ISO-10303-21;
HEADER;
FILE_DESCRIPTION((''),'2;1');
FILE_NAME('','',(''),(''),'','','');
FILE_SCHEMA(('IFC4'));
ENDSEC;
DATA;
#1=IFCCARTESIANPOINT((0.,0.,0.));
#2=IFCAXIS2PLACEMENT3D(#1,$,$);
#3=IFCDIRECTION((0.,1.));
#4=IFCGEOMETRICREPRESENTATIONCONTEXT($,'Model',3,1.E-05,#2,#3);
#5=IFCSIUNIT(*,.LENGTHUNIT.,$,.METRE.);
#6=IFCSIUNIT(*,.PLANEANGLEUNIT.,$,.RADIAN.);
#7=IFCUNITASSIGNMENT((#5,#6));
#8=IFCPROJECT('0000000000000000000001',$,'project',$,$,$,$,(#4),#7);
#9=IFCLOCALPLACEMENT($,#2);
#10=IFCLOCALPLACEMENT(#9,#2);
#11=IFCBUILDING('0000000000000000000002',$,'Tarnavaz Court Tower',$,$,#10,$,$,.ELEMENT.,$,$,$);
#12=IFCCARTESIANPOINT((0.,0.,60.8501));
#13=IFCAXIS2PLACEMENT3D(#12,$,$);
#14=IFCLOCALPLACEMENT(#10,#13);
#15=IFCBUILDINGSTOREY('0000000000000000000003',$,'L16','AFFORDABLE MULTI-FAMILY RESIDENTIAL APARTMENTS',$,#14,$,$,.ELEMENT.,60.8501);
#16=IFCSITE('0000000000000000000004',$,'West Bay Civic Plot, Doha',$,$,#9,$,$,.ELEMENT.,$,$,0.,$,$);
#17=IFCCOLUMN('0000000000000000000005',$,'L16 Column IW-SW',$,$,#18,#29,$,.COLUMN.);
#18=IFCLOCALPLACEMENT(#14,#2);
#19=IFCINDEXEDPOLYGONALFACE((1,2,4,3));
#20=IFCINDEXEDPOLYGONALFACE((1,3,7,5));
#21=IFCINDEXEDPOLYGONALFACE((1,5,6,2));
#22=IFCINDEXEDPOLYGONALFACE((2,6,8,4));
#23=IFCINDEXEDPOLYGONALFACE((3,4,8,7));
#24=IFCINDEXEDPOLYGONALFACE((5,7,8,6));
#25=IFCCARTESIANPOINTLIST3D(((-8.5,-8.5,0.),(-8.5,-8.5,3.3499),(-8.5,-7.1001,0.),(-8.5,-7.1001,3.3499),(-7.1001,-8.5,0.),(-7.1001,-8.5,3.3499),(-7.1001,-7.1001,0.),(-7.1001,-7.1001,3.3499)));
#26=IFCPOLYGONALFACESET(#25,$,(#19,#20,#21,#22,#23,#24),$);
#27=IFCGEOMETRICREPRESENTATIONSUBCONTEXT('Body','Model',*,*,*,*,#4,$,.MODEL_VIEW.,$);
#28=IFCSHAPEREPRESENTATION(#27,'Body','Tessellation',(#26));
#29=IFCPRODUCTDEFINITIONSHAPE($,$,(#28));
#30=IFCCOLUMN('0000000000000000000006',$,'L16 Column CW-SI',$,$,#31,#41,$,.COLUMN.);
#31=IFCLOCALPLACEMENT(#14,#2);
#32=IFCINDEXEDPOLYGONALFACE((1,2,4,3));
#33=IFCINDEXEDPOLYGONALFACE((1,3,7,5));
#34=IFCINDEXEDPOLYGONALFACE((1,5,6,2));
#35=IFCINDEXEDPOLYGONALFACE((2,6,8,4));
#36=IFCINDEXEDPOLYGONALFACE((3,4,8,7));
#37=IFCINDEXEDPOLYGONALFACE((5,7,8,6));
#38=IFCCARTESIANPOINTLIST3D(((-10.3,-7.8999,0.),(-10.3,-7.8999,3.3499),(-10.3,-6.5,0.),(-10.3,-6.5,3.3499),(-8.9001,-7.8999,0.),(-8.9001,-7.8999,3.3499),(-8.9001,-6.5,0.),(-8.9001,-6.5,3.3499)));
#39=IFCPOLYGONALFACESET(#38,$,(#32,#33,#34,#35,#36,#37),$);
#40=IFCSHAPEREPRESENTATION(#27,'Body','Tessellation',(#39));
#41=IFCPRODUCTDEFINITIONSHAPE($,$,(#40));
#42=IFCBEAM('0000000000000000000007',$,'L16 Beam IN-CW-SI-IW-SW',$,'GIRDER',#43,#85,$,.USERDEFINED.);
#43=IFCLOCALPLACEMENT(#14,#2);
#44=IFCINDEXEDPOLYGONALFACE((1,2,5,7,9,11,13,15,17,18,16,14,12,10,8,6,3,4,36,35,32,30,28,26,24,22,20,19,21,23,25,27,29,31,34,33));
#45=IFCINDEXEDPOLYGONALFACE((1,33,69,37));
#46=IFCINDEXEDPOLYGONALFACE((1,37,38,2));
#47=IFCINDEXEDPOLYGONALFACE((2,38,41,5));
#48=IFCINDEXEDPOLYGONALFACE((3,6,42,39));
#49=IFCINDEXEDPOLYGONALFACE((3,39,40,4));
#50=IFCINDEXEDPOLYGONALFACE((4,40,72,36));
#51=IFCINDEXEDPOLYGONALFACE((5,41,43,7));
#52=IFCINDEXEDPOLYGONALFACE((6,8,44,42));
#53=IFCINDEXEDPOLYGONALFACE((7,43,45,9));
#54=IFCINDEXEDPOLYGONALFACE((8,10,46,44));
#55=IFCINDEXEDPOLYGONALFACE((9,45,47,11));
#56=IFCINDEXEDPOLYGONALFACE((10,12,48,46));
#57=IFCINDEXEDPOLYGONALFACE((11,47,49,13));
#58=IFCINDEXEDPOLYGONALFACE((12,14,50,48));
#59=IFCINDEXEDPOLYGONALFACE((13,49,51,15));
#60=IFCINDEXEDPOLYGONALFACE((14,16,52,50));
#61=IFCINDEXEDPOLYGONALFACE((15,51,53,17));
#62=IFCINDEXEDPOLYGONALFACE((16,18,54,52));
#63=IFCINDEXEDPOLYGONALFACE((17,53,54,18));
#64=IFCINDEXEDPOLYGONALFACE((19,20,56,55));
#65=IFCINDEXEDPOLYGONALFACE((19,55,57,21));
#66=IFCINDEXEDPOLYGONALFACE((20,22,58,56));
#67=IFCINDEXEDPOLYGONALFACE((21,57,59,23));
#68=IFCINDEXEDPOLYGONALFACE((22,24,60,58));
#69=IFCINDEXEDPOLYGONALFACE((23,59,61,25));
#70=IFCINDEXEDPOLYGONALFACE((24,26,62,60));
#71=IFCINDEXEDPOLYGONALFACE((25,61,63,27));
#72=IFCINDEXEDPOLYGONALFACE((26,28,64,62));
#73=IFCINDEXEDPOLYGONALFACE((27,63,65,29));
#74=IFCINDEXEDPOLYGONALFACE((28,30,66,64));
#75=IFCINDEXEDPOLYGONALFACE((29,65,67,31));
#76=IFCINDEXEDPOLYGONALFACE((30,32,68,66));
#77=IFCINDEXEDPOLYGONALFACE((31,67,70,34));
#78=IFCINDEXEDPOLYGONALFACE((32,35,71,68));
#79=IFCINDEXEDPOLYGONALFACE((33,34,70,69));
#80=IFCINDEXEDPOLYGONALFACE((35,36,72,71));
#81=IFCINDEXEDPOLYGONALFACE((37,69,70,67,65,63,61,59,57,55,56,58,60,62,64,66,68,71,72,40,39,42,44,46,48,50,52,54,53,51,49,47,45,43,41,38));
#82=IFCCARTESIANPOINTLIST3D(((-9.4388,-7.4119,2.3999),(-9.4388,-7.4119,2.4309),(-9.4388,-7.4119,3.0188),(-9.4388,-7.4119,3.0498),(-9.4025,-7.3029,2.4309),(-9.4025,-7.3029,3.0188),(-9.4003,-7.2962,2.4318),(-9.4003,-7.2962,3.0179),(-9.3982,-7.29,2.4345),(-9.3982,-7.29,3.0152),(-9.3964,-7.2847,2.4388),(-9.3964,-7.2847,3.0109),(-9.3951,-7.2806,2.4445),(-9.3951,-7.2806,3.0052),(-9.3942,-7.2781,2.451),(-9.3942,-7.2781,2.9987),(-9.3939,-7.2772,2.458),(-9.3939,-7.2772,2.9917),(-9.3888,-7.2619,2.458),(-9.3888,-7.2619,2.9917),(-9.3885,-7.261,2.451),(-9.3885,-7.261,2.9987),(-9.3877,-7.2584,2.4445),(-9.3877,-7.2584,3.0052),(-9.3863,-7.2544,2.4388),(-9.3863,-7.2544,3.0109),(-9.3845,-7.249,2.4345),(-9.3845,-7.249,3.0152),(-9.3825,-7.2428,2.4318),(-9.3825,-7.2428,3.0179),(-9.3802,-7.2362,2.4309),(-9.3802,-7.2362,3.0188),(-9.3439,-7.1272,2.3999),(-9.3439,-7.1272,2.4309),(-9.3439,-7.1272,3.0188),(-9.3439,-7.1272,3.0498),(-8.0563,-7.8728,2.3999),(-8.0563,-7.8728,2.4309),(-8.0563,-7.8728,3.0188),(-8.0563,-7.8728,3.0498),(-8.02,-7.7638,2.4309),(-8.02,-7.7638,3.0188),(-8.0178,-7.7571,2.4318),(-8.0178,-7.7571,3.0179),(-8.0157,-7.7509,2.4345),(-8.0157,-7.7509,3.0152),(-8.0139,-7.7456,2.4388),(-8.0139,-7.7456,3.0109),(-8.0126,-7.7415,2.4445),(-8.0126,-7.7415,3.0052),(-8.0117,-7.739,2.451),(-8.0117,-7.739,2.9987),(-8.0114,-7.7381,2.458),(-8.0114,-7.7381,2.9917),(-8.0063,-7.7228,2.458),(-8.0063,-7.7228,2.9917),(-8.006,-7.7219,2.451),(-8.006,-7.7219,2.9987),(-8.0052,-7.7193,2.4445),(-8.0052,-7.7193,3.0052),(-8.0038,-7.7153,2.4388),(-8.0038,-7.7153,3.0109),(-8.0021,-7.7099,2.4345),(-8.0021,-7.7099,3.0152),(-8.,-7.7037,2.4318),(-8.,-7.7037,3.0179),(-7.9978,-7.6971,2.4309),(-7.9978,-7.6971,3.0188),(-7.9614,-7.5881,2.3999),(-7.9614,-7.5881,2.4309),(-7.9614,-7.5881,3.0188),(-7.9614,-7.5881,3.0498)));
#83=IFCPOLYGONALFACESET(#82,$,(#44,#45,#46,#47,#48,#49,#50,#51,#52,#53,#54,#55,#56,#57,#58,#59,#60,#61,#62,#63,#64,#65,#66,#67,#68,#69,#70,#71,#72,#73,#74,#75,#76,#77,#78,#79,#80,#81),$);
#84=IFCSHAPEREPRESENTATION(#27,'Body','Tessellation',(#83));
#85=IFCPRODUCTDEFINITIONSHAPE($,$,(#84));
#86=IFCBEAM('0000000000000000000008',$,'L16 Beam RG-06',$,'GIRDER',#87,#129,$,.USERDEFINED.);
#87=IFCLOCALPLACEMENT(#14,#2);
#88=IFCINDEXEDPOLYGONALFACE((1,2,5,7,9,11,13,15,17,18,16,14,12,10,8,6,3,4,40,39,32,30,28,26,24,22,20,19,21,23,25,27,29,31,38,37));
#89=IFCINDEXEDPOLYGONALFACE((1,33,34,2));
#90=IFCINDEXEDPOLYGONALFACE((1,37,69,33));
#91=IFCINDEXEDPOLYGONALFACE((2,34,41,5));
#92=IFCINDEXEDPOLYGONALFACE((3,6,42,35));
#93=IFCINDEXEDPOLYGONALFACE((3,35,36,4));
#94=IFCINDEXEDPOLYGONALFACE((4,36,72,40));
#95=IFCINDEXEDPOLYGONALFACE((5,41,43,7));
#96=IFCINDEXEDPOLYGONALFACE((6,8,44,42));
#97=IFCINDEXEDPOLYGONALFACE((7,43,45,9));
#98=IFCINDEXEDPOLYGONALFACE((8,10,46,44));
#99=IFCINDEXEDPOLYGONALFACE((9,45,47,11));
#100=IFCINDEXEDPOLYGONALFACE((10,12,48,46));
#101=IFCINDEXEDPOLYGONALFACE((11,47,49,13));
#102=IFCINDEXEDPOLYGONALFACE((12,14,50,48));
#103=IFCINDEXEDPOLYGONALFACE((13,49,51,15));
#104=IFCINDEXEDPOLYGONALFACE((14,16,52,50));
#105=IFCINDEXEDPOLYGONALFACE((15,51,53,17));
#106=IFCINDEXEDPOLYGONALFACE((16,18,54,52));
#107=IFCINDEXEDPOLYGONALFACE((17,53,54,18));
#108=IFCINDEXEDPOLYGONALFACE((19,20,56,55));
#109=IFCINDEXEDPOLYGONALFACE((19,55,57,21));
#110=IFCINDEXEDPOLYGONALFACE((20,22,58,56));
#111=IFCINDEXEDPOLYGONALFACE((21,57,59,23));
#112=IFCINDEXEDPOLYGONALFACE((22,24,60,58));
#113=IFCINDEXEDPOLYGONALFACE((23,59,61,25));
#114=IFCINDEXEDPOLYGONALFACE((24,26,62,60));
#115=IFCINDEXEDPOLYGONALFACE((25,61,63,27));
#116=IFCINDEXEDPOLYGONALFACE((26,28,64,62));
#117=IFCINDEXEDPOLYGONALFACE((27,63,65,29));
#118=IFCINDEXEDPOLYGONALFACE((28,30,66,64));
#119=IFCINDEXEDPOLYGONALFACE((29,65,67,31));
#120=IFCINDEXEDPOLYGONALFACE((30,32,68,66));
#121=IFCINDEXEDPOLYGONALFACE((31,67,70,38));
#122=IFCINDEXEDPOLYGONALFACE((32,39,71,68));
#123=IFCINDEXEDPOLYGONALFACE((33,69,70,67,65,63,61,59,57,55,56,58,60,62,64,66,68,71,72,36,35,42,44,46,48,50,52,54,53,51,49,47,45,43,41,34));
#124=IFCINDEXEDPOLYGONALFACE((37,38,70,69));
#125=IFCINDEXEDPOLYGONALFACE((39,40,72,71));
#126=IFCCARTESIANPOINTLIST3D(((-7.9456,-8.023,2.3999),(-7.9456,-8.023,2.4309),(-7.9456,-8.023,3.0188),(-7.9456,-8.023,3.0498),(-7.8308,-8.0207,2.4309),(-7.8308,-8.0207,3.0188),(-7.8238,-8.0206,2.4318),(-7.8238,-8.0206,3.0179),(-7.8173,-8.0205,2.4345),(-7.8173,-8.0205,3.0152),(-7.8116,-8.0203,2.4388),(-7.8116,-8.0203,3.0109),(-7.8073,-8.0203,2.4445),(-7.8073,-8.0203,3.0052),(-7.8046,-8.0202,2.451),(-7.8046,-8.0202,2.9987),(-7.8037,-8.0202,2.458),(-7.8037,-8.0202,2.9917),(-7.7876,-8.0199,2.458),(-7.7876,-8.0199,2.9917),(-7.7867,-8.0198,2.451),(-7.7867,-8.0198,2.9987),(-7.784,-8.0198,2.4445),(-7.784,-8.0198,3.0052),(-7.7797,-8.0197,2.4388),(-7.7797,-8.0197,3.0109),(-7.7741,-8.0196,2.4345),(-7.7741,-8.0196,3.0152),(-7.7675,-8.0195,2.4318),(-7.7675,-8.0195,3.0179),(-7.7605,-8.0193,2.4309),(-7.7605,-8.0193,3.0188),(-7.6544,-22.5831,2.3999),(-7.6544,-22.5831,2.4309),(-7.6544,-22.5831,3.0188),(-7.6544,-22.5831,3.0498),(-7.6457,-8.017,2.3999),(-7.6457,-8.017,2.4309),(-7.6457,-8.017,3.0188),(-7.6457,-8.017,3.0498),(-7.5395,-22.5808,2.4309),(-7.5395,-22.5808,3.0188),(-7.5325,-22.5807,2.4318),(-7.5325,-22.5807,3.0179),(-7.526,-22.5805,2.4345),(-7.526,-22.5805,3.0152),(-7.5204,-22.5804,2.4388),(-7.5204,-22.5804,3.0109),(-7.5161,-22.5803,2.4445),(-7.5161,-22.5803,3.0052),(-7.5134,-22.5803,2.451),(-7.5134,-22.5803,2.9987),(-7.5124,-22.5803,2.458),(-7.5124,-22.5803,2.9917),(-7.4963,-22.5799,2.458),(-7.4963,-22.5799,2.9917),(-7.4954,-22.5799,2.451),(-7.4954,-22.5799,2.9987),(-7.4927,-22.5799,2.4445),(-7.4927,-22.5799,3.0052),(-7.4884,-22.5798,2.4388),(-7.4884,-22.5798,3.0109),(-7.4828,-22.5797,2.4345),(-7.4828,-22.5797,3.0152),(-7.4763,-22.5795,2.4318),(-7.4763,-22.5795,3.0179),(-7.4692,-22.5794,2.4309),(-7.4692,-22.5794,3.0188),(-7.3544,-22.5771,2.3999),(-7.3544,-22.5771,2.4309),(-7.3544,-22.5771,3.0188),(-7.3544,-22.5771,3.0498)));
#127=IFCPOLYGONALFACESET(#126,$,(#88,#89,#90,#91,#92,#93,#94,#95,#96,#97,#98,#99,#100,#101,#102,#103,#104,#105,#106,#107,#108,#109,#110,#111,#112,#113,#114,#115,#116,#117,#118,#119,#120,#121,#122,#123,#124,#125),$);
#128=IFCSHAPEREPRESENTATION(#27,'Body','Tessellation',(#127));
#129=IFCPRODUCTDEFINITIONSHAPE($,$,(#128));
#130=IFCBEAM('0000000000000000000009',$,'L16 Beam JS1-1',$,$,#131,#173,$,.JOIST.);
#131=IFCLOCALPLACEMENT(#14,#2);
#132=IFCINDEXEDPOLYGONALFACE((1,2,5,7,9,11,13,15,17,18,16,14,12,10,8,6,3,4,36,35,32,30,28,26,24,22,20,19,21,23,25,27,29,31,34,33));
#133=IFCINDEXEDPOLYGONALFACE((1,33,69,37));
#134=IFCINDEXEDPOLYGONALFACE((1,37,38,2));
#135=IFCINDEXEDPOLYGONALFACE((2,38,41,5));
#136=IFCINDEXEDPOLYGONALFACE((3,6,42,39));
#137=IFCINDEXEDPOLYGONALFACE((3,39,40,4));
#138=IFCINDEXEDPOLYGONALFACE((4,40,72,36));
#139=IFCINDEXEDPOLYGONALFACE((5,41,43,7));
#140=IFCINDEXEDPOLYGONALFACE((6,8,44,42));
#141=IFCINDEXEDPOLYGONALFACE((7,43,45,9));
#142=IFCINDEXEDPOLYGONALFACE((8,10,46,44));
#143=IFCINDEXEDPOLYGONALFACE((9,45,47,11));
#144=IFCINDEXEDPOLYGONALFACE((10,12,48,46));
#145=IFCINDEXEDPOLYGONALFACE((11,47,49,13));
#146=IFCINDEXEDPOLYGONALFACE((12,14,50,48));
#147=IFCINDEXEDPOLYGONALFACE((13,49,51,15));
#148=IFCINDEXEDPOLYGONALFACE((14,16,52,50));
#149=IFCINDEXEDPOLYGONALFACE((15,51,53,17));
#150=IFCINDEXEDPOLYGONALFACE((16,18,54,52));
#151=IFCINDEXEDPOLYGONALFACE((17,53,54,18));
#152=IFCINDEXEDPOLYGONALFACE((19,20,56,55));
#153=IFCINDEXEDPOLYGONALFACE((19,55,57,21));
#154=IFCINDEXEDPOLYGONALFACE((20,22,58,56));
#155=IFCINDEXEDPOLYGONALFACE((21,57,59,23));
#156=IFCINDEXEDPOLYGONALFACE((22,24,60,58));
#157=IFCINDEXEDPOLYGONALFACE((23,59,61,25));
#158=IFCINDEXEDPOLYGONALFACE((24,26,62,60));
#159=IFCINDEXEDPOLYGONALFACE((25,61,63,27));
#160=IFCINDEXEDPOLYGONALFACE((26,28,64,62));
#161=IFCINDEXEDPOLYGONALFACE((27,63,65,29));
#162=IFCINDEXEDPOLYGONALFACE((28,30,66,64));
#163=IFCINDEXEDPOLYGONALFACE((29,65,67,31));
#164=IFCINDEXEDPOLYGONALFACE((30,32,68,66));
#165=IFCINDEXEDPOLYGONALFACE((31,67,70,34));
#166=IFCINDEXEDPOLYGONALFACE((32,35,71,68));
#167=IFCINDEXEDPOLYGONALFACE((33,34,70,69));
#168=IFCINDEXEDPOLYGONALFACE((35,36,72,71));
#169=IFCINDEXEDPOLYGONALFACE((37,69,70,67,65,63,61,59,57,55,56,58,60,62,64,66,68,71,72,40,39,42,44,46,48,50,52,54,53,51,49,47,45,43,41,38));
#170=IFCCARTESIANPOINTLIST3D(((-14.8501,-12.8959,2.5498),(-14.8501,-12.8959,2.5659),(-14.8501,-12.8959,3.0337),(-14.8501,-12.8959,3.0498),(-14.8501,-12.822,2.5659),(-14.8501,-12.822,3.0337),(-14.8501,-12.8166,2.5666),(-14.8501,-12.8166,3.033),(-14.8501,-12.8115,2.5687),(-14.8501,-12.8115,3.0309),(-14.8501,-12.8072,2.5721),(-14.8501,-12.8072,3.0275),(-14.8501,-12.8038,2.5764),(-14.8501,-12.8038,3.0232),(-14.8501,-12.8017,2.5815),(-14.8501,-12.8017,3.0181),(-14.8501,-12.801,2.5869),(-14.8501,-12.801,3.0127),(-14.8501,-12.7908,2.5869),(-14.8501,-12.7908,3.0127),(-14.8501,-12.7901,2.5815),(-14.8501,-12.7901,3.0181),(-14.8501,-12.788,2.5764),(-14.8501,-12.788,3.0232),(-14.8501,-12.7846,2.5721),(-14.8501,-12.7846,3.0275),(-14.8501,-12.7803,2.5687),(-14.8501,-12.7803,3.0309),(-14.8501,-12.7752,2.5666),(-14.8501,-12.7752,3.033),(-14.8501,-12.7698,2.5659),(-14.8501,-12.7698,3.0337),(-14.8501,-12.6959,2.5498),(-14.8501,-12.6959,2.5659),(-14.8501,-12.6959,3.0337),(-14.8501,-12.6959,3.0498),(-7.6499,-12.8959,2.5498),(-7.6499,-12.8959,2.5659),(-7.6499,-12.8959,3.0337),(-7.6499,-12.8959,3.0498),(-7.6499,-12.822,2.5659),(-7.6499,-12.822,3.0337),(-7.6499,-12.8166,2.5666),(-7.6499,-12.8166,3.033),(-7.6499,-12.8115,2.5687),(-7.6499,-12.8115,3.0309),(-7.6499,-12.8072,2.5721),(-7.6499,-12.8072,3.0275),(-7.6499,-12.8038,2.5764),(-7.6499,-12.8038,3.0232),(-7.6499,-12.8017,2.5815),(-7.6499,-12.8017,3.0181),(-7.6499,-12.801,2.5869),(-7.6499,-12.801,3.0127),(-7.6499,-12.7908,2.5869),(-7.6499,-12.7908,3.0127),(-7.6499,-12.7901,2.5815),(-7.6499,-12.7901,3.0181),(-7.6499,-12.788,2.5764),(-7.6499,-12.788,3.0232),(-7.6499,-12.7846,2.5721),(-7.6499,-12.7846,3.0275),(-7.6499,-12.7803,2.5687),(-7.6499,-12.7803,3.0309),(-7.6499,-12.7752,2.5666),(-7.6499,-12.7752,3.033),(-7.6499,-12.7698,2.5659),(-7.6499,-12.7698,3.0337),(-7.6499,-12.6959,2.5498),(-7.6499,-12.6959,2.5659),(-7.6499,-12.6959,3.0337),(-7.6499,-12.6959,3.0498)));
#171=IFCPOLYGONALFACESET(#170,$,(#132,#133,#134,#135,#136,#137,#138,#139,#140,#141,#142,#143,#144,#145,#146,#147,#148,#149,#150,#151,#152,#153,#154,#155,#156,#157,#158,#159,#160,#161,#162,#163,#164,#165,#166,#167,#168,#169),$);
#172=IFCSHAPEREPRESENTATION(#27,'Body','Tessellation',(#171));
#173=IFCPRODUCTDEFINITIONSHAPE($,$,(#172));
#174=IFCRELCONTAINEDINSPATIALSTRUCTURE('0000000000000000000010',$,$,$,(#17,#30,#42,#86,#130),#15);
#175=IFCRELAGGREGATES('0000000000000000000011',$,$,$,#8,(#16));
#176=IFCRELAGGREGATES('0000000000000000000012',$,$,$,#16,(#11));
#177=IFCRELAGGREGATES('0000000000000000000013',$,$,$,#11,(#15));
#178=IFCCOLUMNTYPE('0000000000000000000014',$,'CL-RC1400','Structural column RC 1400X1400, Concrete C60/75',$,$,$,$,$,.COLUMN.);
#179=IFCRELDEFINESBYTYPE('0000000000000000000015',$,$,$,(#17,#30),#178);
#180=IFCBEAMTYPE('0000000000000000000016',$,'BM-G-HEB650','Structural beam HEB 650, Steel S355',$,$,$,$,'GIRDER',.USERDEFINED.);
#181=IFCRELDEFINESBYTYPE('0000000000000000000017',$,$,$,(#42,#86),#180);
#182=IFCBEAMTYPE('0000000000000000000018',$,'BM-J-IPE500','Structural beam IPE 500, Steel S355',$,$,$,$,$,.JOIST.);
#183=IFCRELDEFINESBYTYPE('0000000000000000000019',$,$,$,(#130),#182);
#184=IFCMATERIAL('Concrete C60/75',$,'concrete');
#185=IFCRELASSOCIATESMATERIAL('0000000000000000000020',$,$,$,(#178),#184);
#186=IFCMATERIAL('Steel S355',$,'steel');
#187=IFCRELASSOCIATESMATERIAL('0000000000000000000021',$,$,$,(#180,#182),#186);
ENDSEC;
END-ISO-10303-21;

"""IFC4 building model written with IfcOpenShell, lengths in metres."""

from ifc_helpers import new_model, si_unit, direction, frame, origin, origin_2d, place, context, subcontext, project, spatial, rectangle, i_section, extrude, material, material_profile, profile_set, type_object, element, save


model = new_model("IFC4")

# Units and contexts
model_context = context("Model", 3, precision=1e-05, world=origin(), true_north=direction((0.0, 1.0)))
body_context = subcontext(model_context, "Body", "Model", "MODEL_VIEW")
ifc_project = project(units=[si_unit("LENGTHUNIT", "METRE"), si_unit("PLANEANGLEUNIT", "RADIAN")], contexts=[model_context])

# Site, building, storey
site_placement = place(None, origin())
site = spatial("IfcSite", under=ifc_project, at=site_placement, Name="West Bay Civic Plot, Doha", CompositionType="ELEMENT", RefElevation=0.0)
building_placement = place(site_placement, origin())
building = spatial("IfcBuilding", under=site, at=building_placement, Name="Tarnavaz Court Tower", CompositionType="ELEMENT")
storey_placement = place(building_placement, frame((0.0, 0.0, 60.8501)))
storey = spatial("IfcBuildingStorey", under=building, at=storey_placement, Name="L16", Description="AFFORDABLE MULTI-FAMILY RESIDENTIAL APARTMENTS", CompositionType="ELEMENT", Elevation=60.8501)

# Columns
ifc_material_1 = material(Name="Concrete C60/75", Category="concrete")
ifc_material_profile_1 = material_profile(ifc_material_1, rectangle(XDim=1.3999, YDim=1.3999, at=origin_2d()), Name="RC 1400X1400")
ifc_profile_set_1 = profile_set([ifc_material_profile_1], Name="Concrete C60/75")
column_type = type_object("IfcColumnType", Name="CL-RC1400", Description="Structural column RC 1400X1400, Concrete C60/75", PredefinedType="COLUMN", material=ifc_profile_set_1)
for number, where, z_axis, x_axis, name in (
    (1, (-7.8, -7.8, 0.0), (0.0, 0.0, 1.0), (1.0, 0.0, 0.0), "L16 Column IW-SW"),
    (2, (-9.6001, -7.2, 0.0), (0.0, 0.0, 1.0), (1.0, 0.0, 0.0), "L16 Column CW-SI"),
):
    element("IfcColumn", number, at=place(storey_placement, frame(where, z_axis=z_axis, x_axis=x_axis)), inside=storey, type_object=column_type, Name=name, PredefinedType="COLUMN", context=body_context, shape_type="SweptSolid", body=[
        extrude(rectangle(XDim=1.3999, YDim=1.3999, at=origin_2d()), origin(), (0.0, 0.0, 1.0), 3.3499),
    ])

# Beams
ifc_material_2 = material(Name="Steel S355", Category="steel")
ifc_material_profile_2 = material_profile(ifc_material_2, i_section(OverallWidth=0.3, OverallDepth=0.6499, WebThickness=0.0161, FlangeThickness=0.031, FilletRadius=0.0271, at=origin_2d()), Name="HEB 650")
ifc_profile_set_2 = profile_set([ifc_material_profile_2], Name="Steel S355")
beam_type_1 = type_object("IfcBeamType", Name="BM-G-HEB650", Description="Structural beam HEB 650, Steel S355", ElementType="GIRDER", PredefinedType="USERDEFINED", material=ifc_profile_set_2)
beam_1_placement = place(storey_placement, frame((-9.3914, -7.2695, 2.7249), z_axis=(0.948667, -0.316278, 0.0), x_axis=(0.316278, 0.948667, 0.0)))
element("IfcBeam", 3, at=beam_1_placement, inside=storey, type_object=beam_type_1, Name="L16 Beam IN-CW-SI-IW-SW", ObjectType="GIRDER", PredefinedType="USERDEFINED", context=body_context, shape_type="SweptSolid", body=[
    extrude(i_section(OverallWidth=0.3, OverallDepth=0.6499, WebThickness=0.0161, FlangeThickness=0.031, FilletRadius=0.0271, at=origin_2d()), origin(), (0.0, 0.0, 1.0), 1.4573),
])
beam_2_placement = place(storey_placement, frame((-7.7957, -8.02, 2.7249), z_axis=(0.02, -0.9998, 0.0), x_axis=(0.9998, 0.02, 0.0)))
element("IfcBeam", 4, at=beam_2_placement, inside=storey, type_object=beam_type_1, Name="L16 Beam RG-06", ObjectType="GIRDER", PredefinedType="USERDEFINED", context=body_context, shape_type="SweptSolid", body=[
    extrude(i_section(OverallWidth=0.3, OverallDepth=0.6499, WebThickness=0.0161, FlangeThickness=0.031, FilletRadius=0.0271, at=origin_2d()), origin(), (0.0, 0.0, 1.0), 14.563),
])
ifc_material_profile_3 = material_profile(ifc_material_2, i_section(OverallWidth=0.2, OverallDepth=0.5, WebThickness=0.0103, FlangeThickness=0.0161, FilletRadius=0.021, at=origin_2d()), Name="IPE 500")
ifc_profile_set_3 = profile_set([ifc_material_profile_3], Name="Steel S355")
beam_type_2 = type_object("IfcBeamType", Name="BM-J-IPE500", Description="Structural beam IPE 500, Steel S355", PredefinedType="JOIST", material=ifc_profile_set_3)
beam_3_placement = place(storey_placement, frame((-14.8501, -12.7959, 2.7998), z_axis=(1.0, 0.0, 0.0), x_axis=(0.0, 1.0, 0.0)))
element("IfcBeam", 5, at=beam_3_placement, inside=storey, type_object=beam_type_2, Name="L16 Beam JS1-1", PredefinedType="JOIST", context=body_context, shape_type="SweptSolid", body=[
    extrude(i_section(OverallWidth=0.2, OverallDepth=0.5, WebThickness=0.0103, FlangeThickness=0.0161, FilletRadius=0.021, at=origin_2d()), origin(), (0.0, 0.0, 1.0), 7.2002),
])

save(model, "model.ifc")
